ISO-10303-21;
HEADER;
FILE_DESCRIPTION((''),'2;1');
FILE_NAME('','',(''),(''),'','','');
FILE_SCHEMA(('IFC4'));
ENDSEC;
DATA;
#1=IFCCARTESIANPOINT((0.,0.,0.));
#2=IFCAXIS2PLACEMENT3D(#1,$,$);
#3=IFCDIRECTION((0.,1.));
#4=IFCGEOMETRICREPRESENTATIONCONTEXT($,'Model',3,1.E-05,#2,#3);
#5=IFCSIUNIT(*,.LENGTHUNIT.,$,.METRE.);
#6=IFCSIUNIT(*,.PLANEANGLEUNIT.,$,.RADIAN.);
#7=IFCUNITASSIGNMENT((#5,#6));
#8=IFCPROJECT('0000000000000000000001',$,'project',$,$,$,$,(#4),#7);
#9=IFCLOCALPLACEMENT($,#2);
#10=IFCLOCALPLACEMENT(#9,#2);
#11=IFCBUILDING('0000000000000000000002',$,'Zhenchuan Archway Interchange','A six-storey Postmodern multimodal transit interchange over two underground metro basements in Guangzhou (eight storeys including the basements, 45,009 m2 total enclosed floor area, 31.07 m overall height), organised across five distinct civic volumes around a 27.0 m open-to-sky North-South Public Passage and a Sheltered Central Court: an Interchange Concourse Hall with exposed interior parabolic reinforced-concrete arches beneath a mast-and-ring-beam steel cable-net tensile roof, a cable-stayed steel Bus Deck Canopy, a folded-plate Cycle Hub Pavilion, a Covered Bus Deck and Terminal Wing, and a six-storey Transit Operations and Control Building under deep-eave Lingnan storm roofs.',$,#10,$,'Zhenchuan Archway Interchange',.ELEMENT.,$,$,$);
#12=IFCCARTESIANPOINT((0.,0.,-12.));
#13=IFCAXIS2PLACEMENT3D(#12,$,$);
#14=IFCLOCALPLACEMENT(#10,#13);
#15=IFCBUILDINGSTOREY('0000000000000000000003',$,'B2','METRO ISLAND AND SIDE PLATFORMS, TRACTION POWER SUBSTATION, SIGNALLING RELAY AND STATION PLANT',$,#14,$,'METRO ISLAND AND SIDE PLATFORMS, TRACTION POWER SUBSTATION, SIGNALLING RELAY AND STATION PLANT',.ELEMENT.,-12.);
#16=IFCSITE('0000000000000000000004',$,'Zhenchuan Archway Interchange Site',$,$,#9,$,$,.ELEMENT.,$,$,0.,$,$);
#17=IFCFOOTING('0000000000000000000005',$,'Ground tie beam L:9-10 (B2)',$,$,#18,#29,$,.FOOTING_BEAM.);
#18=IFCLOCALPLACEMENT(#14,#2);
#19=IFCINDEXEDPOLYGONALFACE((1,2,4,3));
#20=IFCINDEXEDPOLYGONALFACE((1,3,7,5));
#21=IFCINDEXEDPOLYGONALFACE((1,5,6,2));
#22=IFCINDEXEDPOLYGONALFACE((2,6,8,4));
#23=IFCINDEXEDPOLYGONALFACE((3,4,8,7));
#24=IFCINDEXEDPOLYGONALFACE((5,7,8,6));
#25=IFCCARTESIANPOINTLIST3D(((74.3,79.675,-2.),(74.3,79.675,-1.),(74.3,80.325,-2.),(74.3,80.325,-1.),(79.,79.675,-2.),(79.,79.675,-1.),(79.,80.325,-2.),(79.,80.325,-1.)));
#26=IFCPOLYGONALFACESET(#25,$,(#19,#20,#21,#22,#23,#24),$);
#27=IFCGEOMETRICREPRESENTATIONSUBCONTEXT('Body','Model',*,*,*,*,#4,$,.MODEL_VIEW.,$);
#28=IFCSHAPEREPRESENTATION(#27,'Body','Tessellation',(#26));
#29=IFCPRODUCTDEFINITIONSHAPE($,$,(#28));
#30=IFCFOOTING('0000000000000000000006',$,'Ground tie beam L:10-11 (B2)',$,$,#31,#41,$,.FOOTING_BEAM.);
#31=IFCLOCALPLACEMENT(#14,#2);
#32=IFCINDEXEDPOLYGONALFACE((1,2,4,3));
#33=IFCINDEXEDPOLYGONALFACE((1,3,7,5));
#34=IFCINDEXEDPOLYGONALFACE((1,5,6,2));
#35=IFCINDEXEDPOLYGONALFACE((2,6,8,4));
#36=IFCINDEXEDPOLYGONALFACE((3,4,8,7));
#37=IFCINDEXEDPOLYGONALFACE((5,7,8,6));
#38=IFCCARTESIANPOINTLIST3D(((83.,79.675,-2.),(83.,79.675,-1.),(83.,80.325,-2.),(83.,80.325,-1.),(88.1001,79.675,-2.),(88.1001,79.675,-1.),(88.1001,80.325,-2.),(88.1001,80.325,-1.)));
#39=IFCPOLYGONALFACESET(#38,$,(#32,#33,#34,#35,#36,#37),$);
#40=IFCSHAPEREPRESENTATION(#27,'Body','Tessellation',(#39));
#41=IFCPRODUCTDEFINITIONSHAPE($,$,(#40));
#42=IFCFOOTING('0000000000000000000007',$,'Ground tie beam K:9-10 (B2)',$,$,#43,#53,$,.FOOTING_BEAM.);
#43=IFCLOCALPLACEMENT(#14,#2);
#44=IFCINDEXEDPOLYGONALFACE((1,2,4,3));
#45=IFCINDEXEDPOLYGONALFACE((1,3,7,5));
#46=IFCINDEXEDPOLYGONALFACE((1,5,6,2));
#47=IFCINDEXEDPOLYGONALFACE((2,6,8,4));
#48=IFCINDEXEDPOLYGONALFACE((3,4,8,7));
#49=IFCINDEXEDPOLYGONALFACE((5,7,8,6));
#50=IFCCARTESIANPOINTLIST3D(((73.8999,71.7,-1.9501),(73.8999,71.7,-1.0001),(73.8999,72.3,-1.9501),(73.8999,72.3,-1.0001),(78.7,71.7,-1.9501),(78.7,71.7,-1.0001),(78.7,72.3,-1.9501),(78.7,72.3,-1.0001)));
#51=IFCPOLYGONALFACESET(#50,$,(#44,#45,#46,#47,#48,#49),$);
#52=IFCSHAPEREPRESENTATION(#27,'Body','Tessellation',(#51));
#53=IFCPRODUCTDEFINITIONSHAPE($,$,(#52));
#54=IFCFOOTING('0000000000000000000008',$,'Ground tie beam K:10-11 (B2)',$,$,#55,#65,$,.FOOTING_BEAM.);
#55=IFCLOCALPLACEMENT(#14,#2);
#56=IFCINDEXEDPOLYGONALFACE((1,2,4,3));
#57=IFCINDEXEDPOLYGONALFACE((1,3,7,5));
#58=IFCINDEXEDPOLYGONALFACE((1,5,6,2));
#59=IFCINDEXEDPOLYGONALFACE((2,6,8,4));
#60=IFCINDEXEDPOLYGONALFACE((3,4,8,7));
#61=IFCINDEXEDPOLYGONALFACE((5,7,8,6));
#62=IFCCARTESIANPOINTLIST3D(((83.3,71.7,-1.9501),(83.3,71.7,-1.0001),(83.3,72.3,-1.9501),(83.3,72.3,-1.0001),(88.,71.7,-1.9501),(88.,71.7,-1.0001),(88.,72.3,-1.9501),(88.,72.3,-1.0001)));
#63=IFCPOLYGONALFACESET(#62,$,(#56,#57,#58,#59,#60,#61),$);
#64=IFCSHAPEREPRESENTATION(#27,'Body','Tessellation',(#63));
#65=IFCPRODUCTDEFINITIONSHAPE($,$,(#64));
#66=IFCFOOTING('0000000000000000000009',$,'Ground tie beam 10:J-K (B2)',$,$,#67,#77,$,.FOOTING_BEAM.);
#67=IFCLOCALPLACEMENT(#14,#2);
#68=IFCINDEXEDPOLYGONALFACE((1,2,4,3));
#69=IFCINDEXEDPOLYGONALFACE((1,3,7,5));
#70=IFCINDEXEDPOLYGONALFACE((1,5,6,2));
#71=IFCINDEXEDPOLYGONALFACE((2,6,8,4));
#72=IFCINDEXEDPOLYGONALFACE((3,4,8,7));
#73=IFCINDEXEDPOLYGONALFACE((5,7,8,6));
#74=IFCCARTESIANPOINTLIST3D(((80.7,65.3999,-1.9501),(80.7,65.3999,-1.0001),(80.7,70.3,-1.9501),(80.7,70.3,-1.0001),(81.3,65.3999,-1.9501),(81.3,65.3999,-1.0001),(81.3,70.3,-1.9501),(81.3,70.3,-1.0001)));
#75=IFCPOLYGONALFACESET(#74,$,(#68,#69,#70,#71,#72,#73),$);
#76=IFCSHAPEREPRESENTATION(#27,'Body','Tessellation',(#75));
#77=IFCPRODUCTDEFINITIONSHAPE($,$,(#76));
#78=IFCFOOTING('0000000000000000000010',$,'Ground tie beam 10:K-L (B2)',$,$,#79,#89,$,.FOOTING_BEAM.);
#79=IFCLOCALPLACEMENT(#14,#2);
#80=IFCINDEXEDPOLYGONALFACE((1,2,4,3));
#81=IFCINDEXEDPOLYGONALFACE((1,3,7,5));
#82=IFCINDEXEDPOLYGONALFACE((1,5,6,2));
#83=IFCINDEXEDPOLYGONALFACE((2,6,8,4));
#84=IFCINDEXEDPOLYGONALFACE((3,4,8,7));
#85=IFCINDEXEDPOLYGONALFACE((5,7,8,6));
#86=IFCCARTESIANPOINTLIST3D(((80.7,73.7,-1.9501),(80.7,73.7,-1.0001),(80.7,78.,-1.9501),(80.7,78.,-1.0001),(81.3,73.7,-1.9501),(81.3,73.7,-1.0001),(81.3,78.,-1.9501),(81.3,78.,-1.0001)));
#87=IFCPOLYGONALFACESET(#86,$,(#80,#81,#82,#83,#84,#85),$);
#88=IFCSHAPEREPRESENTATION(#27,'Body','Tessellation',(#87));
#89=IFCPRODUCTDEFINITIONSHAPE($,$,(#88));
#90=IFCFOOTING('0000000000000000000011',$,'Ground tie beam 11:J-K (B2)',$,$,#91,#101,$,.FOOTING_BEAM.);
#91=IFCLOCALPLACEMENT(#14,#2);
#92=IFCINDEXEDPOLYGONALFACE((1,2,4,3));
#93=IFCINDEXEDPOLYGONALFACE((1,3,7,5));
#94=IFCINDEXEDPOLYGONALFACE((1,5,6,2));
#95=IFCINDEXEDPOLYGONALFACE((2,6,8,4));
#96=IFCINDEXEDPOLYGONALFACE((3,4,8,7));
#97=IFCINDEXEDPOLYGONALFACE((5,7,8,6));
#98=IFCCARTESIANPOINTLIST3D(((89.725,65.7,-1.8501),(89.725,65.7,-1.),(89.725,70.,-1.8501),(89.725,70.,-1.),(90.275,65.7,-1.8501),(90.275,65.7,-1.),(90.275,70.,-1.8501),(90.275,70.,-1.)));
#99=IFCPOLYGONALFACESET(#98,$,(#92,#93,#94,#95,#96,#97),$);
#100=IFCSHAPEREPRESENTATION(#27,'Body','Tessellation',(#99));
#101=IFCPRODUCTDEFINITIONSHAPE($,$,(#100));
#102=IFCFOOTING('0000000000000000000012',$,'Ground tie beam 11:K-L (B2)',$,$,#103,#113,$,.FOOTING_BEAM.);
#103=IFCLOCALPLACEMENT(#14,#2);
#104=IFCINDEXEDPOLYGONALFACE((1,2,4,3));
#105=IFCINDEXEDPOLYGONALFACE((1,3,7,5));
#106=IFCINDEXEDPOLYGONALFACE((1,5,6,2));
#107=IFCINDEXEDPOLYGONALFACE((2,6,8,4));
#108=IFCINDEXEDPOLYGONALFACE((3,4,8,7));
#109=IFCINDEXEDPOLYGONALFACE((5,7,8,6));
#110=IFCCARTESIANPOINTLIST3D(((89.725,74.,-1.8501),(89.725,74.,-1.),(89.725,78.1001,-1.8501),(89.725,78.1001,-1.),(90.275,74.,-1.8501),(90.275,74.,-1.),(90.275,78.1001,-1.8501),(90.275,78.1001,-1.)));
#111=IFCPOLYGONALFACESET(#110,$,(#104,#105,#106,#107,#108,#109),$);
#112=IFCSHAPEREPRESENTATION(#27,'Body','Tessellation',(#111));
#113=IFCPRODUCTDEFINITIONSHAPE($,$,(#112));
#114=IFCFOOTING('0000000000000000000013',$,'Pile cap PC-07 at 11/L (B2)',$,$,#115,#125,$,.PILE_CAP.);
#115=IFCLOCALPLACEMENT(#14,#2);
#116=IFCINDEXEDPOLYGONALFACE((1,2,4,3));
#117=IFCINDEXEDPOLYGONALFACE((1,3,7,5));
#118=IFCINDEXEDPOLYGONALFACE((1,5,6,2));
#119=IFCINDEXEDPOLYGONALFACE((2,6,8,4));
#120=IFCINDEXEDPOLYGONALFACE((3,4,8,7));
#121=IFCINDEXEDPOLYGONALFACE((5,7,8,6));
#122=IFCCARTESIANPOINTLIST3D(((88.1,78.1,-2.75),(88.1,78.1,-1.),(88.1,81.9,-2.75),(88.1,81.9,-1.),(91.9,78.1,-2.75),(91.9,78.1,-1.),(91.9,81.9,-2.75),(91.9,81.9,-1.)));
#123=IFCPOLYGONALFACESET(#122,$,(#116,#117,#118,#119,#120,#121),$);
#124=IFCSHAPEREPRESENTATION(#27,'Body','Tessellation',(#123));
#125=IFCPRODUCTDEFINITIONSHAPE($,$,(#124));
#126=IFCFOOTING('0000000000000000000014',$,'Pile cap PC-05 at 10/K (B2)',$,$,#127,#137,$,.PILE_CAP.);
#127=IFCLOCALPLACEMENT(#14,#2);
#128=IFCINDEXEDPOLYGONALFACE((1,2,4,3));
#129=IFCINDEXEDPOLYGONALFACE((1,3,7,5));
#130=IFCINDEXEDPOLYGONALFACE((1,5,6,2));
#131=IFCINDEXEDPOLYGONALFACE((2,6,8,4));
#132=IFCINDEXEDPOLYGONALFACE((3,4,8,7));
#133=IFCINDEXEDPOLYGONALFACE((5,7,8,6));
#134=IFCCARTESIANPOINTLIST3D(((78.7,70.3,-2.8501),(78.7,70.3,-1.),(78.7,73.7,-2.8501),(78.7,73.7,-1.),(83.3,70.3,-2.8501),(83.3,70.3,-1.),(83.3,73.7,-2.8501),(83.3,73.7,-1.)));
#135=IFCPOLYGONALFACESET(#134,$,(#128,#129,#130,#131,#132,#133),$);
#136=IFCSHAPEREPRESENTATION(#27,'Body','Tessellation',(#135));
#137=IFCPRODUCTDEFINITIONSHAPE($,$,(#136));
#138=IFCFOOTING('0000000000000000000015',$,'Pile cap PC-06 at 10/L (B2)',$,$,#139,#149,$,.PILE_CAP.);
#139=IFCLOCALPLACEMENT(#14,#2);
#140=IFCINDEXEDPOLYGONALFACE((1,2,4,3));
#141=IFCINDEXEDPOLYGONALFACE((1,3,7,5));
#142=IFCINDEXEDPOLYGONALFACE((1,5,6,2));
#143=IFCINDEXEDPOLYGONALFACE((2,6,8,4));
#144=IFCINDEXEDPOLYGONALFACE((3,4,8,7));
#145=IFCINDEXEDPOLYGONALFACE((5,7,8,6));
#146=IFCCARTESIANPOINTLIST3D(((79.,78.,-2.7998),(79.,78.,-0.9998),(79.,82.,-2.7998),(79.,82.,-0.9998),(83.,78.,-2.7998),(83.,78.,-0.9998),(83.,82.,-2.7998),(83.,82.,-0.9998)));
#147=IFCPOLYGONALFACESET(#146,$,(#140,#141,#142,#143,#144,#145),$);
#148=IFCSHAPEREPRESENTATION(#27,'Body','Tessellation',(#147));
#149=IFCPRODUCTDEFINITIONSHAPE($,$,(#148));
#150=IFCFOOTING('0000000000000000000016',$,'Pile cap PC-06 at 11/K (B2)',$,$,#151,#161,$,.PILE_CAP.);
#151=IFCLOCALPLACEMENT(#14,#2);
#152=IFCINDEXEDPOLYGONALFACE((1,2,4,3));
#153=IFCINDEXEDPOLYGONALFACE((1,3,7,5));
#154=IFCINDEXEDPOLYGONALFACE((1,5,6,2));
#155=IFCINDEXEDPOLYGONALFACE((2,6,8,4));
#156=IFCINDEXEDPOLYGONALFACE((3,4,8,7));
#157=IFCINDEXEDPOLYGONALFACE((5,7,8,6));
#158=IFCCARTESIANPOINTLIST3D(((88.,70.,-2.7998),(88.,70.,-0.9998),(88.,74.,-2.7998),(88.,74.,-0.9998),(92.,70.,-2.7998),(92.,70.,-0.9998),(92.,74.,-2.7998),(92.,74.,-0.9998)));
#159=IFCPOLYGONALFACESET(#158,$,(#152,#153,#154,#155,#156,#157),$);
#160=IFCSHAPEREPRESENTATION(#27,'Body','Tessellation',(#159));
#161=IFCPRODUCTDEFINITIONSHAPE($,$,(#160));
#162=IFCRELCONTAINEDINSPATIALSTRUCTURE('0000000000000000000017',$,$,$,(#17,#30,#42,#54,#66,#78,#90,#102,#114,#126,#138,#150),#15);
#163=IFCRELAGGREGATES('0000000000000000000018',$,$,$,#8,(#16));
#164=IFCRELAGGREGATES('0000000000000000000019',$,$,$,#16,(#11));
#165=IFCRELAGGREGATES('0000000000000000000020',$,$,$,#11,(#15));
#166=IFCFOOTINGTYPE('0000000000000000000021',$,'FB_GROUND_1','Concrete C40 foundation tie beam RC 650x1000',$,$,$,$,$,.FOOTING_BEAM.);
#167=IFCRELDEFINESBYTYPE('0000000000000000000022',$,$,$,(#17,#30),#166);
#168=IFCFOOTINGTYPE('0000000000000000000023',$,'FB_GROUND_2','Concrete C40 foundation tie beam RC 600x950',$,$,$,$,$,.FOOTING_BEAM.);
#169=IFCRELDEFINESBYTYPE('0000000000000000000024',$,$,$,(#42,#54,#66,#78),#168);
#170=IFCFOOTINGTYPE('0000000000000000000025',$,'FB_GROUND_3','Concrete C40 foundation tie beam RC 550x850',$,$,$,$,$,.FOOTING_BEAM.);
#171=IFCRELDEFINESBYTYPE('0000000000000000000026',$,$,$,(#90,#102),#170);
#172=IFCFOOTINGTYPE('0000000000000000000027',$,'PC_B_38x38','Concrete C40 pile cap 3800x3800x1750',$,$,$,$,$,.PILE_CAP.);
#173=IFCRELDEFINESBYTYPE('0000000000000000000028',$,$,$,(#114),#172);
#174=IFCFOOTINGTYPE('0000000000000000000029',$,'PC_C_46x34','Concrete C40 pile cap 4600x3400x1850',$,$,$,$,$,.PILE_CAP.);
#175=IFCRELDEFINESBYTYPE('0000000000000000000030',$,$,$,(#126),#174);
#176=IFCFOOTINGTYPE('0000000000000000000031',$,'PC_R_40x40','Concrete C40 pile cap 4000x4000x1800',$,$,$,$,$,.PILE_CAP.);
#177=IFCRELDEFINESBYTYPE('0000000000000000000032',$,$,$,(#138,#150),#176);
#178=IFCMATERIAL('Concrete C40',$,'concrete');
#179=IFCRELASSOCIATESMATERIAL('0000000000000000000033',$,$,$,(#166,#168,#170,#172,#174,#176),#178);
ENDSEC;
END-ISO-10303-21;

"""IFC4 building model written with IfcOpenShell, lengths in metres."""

from ifc_helpers import new_model, si_unit, direction, frame, origin, origin_2d, place, context, subcontext, project, spatial, rectangle, extrude, material, material_profile, profile_set, type_object, element, save


model = new_model("IFC4")

# Units and contexts
model_context = context("Model", 3, precision=1e-05, world=origin(), true_north=direction((0.0, 1.0)))
body_context = subcontext(model_context, "Body", "Model", "MODEL_VIEW")
ifc_project = project(units=[si_unit("LENGTHUNIT", "METRE"), si_unit("PLANEANGLEUNIT", "RADIAN")], contexts=[model_context])

# Site, building, storey
site_placement = place(None, origin())
site = spatial("IfcSite", under=ifc_project, at=site_placement, Name="Zhenchuan Archway Interchange Site", CompositionType="ELEMENT", RefElevation=0.0)
building_placement = place(site_placement, origin())
building = spatial("IfcBuilding", under=site, at=building_placement, Name="Zhenchuan Archway Interchange", Description="A six-storey Postmodern multimodal transit interchange over two underground metro basements in Guangzhou (eight storeys including the basements, 45,009 m2 total enclosed floor area, 31.07 m overall height), organised across five distinct civic volumes around a 27.0 m open-to-sky North-South Public Passage and a Sheltered Central Court: an Interchange Concourse Hall with exposed interior parabolic reinforced-concrete arches beneath a mast-and-ring-beam steel cable-net tensile roof, a cable-stayed steel Bus Deck Canopy, a folded-plate Cycle Hub Pavilion, a Covered Bus Deck and Terminal Wing, and a six-storey Transit Operations and Control Building under deep-eave Lingnan storm roofs.", LongName="Zhenchuan Archway Interchange", CompositionType="ELEMENT")
storey_placement = place(building_placement, frame((0.0, 0.0, -12.0)))
storey = spatial("IfcBuildingStorey", under=building, at=storey_placement, Name="B2", Description="METRO ISLAND AND SIDE PLATFORMS, TRACTION POWER SUBSTATION, SIGNALLING RELAY AND STATION PLANT", LongName="METRO ISLAND AND SIDE PLATFORMS, TRACTION POWER SUBSTATION, SIGNALLING RELAY AND STATION PLANT", CompositionType="ELEMENT", Elevation=-12.0)

# Footings
ifc_material_1 = material(Name="Concrete C40", Category="concrete")
ifc_material_profile_1 = material_profile(ifc_material_1, rectangle(XDim=0.6499, YDim=1.0, at=origin_2d()), Name="RC 650x1000")
ifc_profile_set_1 = profile_set([ifc_material_profile_1], Name="Concrete C40")
footing_type_1 = type_object("IfcFootingType", Name="FB_GROUND_1", Description="Concrete C40 foundation tie beam RC 650x1000", PredefinedType="FOOTING_BEAM", material=ifc_profile_set_1)
footing_1_placement = place(storey_placement, frame((74.3, 80.0, -1.5), z_axis=(1.0, 0.0, 0.0), x_axis=(0.0, 1.0, 0.0)))
element("IfcFooting", 1, at=footing_1_placement, inside=storey, type_object=footing_type_1, Name="Ground tie beam L:9-10 (B2)", PredefinedType="FOOTING_BEAM", context=body_context, shape_type="SweptSolid", body=[
    extrude(rectangle(XDim=0.6499, YDim=1.0, at=origin_2d()), origin(), (0.0, 0.0, 1.0), 4.7),
])
footing_2_placement = place(storey_placement, frame((83.0, 80.0, -1.5), z_axis=(1.0, 0.0, 0.0), x_axis=(0.0, 1.0, 0.0)))
element("IfcFooting", 2, at=footing_2_placement, inside=storey, type_object=footing_type_1, Name="Ground tie beam L:10-11 (B2)", PredefinedType="FOOTING_BEAM", context=body_context, shape_type="SweptSolid", body=[
    extrude(rectangle(XDim=0.6499, YDim=1.0, at=origin_2d()), origin(), (0.0, 0.0, 1.0), 5.1001),
])
ifc_material_profile_2 = material_profile(ifc_material_1, rectangle(XDim=0.6001, YDim=0.95, at=origin_2d()), Name="RC 600x950")
ifc_profile_set_2 = profile_set([ifc_material_profile_2], Name="Concrete C40")
footing_type_2 = type_object("IfcFootingType", Name="FB_GROUND_2", Description="Concrete C40 foundation tie beam RC 600x950", PredefinedType="FOOTING_BEAM", material=ifc_profile_set_2)
footing_3_placement = place(storey_placement, frame((73.8999, 72.0, -1.4751), z_axis=(1.0, 0.0, 0.0), x_axis=(0.0, 1.0, 0.0)))
element("IfcFooting", 3, at=footing_3_placement, inside=storey, type_object=footing_type_2, Name="Ground tie beam K:9-10 (B2)", PredefinedType="FOOTING_BEAM", context=body_context, shape_type="SweptSolid", body=[
    extrude(rectangle(XDim=0.6001, YDim=0.95, at=origin_2d()), origin(), (0.0, 0.0, 1.0), 4.8),
])
footing_4_placement = place(storey_placement, frame((83.3, 72.0, -1.4751), z_axis=(1.0, 0.0, 0.0), x_axis=(0.0, 1.0, 0.0)))
element("IfcFooting", 4, at=footing_4_placement, inside=storey, type_object=footing_type_2, Name="Ground tie beam K:10-11 (B2)", PredefinedType="FOOTING_BEAM", context=body_context, shape_type="SweptSolid", body=[
    extrude(rectangle(XDim=0.6001, YDim=0.95, at=origin_2d()), origin(), (0.0, 0.0, 1.0), 4.7),
])
footing_5_placement = place(storey_placement, frame((81.0, 65.3999, -1.4751), z_axis=(0.0, 1.0, 0.0), x_axis=(-1.0, 0.0, 0.0)))
element("IfcFooting", 5, at=footing_5_placement, inside=storey, type_object=footing_type_2, Name="Ground tie beam 10:J-K (B2)", PredefinedType="FOOTING_BEAM", context=body_context, shape_type="SweptSolid", body=[
    extrude(rectangle(XDim=0.6001, YDim=0.95, at=origin_2d()), origin(), (0.0, 0.0, 1.0), 4.9001),
])
footing_6_placement = place(storey_placement, frame((81.0, 73.7, -1.4751), z_axis=(0.0, 1.0, 0.0), x_axis=(-1.0, 0.0, 0.0)))
element("IfcFooting", 6, at=footing_6_placement, inside=storey, type_object=footing_type_2, Name="Ground tie beam 10:K-L (B2)", PredefinedType="FOOTING_BEAM", context=body_context, shape_type="SweptSolid", body=[
    extrude(rectangle(XDim=0.6001, YDim=0.95, at=origin_2d()), origin(), (0.0, 0.0, 1.0), 4.3),
])
ifc_material_profile_3 = material_profile(ifc_material_1, rectangle(XDim=0.55, YDim=0.8501, at=origin_2d()), Name="RC 550x850")
ifc_profile_set_3 = profile_set([ifc_material_profile_3], Name="Concrete C40")
footing_type_3 = type_object("IfcFootingType", Name="FB_GROUND_3", Description="Concrete C40 foundation tie beam RC 550x850", PredefinedType="FOOTING_BEAM", material=ifc_profile_set_3)
footing_7_placement = place(storey_placement, frame((90.0, 65.7, -1.425), z_axis=(0.0, 1.0, 0.0), x_axis=(-1.0, 0.0, 0.0)))
element("IfcFooting", 7, at=footing_7_placement, inside=storey, type_object=footing_type_3, Name="Ground tie beam 11:J-K (B2)", PredefinedType="FOOTING_BEAM", context=body_context, shape_type="SweptSolid", body=[
    extrude(rectangle(XDim=0.55, YDim=0.8501, at=origin_2d()), origin(), (0.0, 0.0, 1.0), 4.3),
])
footing_8_placement = place(storey_placement, frame((90.0, 74.0, -1.425), z_axis=(0.0, 1.0, 0.0), x_axis=(-1.0, 0.0, 0.0)))
element("IfcFooting", 8, at=footing_8_placement, inside=storey, type_object=footing_type_3, Name="Ground tie beam 11:K-L (B2)", PredefinedType="FOOTING_BEAM", context=body_context, shape_type="SweptSolid", body=[
    extrude(rectangle(XDim=0.55, YDim=0.8501, at=origin_2d()), origin(), (0.0, 0.0, 1.0), 4.1001),
])
footing_type_4 = type_object("IfcFootingType", Name="PC_B_38x38", Description="Concrete C40 pile cap 3800x3800x1750", PredefinedType="PILE_CAP", material=ifc_material_1)
footing_9_placement = place(storey_placement, frame((90.0, 80.0, -2.75), z_axis=(0.0, 0.0, 1.0), x_axis=(1.0, 0.0, 0.0)))
element("IfcFooting", 9, at=footing_9_placement, inside=storey, type_object=footing_type_4, Name="Pile cap PC-07 at 11/L (B2)", PredefinedType="PILE_CAP", context=body_context, shape_type="SweptSolid", body=[
    extrude(rectangle(XDim=3.8, YDim=3.8, at=origin_2d()), origin(), (0.0, 0.0, 1.0), 1.75),
])
footing_type_5 = type_object("IfcFootingType", Name="PC_C_46x34", Description="Concrete C40 pile cap 4600x3400x1850", PredefinedType="PILE_CAP", material=ifc_material_1)
footing_10_placement = place(storey_placement, frame((81.0, 72.0, -2.8501), z_axis=(0.0, 0.0, 1.0), x_axis=(1.0, 0.0, 0.0)))
element("IfcFooting", 10, at=footing_10_placement, inside=storey, type_object=footing_type_5, Name="Pile cap PC-05 at 10/K (B2)", PredefinedType="PILE_CAP", context=body_context, shape_type="SweptSolid", body=[
    extrude(rectangle(XDim=4.6001, YDim=3.3999, at=origin_2d()), origin(), (0.0, 0.0, 1.0), 1.8501),
])
footing_type_6 = type_object("IfcFootingType", Name="PC_R_40x40", Description="Concrete C40 pile cap 4000x4000x1800", PredefinedType="PILE_CAP", material=ifc_material_1)
for number, where, z_axis, x_axis, name in (
    (11, (81.0, 80.0, -2.7998), (0.0, 0.0, 1.0), (1.0, 0.0, 0.0), "Pile cap PC-06 at 10/L (B2)"),
    (12, (90.0, 72.0, -2.7998), (0.0, 0.0, 1.0), (1.0, 0.0, 0.0), "Pile cap PC-06 at 11/K (B2)"),
):
    element("IfcFooting", number, at=place(storey_placement, frame(where, z_axis=z_axis, x_axis=x_axis)), inside=storey, type_object=footing_type_6, Name=name, PredefinedType="PILE_CAP", context=body_context, shape_type="SweptSolid", body=[
        extrude(rectangle(XDim=4.0, YDim=4.0, at=origin_2d()), origin(), (0.0, 0.0, 1.0), 1.8),
    ])

save(model, "model.ifc")
